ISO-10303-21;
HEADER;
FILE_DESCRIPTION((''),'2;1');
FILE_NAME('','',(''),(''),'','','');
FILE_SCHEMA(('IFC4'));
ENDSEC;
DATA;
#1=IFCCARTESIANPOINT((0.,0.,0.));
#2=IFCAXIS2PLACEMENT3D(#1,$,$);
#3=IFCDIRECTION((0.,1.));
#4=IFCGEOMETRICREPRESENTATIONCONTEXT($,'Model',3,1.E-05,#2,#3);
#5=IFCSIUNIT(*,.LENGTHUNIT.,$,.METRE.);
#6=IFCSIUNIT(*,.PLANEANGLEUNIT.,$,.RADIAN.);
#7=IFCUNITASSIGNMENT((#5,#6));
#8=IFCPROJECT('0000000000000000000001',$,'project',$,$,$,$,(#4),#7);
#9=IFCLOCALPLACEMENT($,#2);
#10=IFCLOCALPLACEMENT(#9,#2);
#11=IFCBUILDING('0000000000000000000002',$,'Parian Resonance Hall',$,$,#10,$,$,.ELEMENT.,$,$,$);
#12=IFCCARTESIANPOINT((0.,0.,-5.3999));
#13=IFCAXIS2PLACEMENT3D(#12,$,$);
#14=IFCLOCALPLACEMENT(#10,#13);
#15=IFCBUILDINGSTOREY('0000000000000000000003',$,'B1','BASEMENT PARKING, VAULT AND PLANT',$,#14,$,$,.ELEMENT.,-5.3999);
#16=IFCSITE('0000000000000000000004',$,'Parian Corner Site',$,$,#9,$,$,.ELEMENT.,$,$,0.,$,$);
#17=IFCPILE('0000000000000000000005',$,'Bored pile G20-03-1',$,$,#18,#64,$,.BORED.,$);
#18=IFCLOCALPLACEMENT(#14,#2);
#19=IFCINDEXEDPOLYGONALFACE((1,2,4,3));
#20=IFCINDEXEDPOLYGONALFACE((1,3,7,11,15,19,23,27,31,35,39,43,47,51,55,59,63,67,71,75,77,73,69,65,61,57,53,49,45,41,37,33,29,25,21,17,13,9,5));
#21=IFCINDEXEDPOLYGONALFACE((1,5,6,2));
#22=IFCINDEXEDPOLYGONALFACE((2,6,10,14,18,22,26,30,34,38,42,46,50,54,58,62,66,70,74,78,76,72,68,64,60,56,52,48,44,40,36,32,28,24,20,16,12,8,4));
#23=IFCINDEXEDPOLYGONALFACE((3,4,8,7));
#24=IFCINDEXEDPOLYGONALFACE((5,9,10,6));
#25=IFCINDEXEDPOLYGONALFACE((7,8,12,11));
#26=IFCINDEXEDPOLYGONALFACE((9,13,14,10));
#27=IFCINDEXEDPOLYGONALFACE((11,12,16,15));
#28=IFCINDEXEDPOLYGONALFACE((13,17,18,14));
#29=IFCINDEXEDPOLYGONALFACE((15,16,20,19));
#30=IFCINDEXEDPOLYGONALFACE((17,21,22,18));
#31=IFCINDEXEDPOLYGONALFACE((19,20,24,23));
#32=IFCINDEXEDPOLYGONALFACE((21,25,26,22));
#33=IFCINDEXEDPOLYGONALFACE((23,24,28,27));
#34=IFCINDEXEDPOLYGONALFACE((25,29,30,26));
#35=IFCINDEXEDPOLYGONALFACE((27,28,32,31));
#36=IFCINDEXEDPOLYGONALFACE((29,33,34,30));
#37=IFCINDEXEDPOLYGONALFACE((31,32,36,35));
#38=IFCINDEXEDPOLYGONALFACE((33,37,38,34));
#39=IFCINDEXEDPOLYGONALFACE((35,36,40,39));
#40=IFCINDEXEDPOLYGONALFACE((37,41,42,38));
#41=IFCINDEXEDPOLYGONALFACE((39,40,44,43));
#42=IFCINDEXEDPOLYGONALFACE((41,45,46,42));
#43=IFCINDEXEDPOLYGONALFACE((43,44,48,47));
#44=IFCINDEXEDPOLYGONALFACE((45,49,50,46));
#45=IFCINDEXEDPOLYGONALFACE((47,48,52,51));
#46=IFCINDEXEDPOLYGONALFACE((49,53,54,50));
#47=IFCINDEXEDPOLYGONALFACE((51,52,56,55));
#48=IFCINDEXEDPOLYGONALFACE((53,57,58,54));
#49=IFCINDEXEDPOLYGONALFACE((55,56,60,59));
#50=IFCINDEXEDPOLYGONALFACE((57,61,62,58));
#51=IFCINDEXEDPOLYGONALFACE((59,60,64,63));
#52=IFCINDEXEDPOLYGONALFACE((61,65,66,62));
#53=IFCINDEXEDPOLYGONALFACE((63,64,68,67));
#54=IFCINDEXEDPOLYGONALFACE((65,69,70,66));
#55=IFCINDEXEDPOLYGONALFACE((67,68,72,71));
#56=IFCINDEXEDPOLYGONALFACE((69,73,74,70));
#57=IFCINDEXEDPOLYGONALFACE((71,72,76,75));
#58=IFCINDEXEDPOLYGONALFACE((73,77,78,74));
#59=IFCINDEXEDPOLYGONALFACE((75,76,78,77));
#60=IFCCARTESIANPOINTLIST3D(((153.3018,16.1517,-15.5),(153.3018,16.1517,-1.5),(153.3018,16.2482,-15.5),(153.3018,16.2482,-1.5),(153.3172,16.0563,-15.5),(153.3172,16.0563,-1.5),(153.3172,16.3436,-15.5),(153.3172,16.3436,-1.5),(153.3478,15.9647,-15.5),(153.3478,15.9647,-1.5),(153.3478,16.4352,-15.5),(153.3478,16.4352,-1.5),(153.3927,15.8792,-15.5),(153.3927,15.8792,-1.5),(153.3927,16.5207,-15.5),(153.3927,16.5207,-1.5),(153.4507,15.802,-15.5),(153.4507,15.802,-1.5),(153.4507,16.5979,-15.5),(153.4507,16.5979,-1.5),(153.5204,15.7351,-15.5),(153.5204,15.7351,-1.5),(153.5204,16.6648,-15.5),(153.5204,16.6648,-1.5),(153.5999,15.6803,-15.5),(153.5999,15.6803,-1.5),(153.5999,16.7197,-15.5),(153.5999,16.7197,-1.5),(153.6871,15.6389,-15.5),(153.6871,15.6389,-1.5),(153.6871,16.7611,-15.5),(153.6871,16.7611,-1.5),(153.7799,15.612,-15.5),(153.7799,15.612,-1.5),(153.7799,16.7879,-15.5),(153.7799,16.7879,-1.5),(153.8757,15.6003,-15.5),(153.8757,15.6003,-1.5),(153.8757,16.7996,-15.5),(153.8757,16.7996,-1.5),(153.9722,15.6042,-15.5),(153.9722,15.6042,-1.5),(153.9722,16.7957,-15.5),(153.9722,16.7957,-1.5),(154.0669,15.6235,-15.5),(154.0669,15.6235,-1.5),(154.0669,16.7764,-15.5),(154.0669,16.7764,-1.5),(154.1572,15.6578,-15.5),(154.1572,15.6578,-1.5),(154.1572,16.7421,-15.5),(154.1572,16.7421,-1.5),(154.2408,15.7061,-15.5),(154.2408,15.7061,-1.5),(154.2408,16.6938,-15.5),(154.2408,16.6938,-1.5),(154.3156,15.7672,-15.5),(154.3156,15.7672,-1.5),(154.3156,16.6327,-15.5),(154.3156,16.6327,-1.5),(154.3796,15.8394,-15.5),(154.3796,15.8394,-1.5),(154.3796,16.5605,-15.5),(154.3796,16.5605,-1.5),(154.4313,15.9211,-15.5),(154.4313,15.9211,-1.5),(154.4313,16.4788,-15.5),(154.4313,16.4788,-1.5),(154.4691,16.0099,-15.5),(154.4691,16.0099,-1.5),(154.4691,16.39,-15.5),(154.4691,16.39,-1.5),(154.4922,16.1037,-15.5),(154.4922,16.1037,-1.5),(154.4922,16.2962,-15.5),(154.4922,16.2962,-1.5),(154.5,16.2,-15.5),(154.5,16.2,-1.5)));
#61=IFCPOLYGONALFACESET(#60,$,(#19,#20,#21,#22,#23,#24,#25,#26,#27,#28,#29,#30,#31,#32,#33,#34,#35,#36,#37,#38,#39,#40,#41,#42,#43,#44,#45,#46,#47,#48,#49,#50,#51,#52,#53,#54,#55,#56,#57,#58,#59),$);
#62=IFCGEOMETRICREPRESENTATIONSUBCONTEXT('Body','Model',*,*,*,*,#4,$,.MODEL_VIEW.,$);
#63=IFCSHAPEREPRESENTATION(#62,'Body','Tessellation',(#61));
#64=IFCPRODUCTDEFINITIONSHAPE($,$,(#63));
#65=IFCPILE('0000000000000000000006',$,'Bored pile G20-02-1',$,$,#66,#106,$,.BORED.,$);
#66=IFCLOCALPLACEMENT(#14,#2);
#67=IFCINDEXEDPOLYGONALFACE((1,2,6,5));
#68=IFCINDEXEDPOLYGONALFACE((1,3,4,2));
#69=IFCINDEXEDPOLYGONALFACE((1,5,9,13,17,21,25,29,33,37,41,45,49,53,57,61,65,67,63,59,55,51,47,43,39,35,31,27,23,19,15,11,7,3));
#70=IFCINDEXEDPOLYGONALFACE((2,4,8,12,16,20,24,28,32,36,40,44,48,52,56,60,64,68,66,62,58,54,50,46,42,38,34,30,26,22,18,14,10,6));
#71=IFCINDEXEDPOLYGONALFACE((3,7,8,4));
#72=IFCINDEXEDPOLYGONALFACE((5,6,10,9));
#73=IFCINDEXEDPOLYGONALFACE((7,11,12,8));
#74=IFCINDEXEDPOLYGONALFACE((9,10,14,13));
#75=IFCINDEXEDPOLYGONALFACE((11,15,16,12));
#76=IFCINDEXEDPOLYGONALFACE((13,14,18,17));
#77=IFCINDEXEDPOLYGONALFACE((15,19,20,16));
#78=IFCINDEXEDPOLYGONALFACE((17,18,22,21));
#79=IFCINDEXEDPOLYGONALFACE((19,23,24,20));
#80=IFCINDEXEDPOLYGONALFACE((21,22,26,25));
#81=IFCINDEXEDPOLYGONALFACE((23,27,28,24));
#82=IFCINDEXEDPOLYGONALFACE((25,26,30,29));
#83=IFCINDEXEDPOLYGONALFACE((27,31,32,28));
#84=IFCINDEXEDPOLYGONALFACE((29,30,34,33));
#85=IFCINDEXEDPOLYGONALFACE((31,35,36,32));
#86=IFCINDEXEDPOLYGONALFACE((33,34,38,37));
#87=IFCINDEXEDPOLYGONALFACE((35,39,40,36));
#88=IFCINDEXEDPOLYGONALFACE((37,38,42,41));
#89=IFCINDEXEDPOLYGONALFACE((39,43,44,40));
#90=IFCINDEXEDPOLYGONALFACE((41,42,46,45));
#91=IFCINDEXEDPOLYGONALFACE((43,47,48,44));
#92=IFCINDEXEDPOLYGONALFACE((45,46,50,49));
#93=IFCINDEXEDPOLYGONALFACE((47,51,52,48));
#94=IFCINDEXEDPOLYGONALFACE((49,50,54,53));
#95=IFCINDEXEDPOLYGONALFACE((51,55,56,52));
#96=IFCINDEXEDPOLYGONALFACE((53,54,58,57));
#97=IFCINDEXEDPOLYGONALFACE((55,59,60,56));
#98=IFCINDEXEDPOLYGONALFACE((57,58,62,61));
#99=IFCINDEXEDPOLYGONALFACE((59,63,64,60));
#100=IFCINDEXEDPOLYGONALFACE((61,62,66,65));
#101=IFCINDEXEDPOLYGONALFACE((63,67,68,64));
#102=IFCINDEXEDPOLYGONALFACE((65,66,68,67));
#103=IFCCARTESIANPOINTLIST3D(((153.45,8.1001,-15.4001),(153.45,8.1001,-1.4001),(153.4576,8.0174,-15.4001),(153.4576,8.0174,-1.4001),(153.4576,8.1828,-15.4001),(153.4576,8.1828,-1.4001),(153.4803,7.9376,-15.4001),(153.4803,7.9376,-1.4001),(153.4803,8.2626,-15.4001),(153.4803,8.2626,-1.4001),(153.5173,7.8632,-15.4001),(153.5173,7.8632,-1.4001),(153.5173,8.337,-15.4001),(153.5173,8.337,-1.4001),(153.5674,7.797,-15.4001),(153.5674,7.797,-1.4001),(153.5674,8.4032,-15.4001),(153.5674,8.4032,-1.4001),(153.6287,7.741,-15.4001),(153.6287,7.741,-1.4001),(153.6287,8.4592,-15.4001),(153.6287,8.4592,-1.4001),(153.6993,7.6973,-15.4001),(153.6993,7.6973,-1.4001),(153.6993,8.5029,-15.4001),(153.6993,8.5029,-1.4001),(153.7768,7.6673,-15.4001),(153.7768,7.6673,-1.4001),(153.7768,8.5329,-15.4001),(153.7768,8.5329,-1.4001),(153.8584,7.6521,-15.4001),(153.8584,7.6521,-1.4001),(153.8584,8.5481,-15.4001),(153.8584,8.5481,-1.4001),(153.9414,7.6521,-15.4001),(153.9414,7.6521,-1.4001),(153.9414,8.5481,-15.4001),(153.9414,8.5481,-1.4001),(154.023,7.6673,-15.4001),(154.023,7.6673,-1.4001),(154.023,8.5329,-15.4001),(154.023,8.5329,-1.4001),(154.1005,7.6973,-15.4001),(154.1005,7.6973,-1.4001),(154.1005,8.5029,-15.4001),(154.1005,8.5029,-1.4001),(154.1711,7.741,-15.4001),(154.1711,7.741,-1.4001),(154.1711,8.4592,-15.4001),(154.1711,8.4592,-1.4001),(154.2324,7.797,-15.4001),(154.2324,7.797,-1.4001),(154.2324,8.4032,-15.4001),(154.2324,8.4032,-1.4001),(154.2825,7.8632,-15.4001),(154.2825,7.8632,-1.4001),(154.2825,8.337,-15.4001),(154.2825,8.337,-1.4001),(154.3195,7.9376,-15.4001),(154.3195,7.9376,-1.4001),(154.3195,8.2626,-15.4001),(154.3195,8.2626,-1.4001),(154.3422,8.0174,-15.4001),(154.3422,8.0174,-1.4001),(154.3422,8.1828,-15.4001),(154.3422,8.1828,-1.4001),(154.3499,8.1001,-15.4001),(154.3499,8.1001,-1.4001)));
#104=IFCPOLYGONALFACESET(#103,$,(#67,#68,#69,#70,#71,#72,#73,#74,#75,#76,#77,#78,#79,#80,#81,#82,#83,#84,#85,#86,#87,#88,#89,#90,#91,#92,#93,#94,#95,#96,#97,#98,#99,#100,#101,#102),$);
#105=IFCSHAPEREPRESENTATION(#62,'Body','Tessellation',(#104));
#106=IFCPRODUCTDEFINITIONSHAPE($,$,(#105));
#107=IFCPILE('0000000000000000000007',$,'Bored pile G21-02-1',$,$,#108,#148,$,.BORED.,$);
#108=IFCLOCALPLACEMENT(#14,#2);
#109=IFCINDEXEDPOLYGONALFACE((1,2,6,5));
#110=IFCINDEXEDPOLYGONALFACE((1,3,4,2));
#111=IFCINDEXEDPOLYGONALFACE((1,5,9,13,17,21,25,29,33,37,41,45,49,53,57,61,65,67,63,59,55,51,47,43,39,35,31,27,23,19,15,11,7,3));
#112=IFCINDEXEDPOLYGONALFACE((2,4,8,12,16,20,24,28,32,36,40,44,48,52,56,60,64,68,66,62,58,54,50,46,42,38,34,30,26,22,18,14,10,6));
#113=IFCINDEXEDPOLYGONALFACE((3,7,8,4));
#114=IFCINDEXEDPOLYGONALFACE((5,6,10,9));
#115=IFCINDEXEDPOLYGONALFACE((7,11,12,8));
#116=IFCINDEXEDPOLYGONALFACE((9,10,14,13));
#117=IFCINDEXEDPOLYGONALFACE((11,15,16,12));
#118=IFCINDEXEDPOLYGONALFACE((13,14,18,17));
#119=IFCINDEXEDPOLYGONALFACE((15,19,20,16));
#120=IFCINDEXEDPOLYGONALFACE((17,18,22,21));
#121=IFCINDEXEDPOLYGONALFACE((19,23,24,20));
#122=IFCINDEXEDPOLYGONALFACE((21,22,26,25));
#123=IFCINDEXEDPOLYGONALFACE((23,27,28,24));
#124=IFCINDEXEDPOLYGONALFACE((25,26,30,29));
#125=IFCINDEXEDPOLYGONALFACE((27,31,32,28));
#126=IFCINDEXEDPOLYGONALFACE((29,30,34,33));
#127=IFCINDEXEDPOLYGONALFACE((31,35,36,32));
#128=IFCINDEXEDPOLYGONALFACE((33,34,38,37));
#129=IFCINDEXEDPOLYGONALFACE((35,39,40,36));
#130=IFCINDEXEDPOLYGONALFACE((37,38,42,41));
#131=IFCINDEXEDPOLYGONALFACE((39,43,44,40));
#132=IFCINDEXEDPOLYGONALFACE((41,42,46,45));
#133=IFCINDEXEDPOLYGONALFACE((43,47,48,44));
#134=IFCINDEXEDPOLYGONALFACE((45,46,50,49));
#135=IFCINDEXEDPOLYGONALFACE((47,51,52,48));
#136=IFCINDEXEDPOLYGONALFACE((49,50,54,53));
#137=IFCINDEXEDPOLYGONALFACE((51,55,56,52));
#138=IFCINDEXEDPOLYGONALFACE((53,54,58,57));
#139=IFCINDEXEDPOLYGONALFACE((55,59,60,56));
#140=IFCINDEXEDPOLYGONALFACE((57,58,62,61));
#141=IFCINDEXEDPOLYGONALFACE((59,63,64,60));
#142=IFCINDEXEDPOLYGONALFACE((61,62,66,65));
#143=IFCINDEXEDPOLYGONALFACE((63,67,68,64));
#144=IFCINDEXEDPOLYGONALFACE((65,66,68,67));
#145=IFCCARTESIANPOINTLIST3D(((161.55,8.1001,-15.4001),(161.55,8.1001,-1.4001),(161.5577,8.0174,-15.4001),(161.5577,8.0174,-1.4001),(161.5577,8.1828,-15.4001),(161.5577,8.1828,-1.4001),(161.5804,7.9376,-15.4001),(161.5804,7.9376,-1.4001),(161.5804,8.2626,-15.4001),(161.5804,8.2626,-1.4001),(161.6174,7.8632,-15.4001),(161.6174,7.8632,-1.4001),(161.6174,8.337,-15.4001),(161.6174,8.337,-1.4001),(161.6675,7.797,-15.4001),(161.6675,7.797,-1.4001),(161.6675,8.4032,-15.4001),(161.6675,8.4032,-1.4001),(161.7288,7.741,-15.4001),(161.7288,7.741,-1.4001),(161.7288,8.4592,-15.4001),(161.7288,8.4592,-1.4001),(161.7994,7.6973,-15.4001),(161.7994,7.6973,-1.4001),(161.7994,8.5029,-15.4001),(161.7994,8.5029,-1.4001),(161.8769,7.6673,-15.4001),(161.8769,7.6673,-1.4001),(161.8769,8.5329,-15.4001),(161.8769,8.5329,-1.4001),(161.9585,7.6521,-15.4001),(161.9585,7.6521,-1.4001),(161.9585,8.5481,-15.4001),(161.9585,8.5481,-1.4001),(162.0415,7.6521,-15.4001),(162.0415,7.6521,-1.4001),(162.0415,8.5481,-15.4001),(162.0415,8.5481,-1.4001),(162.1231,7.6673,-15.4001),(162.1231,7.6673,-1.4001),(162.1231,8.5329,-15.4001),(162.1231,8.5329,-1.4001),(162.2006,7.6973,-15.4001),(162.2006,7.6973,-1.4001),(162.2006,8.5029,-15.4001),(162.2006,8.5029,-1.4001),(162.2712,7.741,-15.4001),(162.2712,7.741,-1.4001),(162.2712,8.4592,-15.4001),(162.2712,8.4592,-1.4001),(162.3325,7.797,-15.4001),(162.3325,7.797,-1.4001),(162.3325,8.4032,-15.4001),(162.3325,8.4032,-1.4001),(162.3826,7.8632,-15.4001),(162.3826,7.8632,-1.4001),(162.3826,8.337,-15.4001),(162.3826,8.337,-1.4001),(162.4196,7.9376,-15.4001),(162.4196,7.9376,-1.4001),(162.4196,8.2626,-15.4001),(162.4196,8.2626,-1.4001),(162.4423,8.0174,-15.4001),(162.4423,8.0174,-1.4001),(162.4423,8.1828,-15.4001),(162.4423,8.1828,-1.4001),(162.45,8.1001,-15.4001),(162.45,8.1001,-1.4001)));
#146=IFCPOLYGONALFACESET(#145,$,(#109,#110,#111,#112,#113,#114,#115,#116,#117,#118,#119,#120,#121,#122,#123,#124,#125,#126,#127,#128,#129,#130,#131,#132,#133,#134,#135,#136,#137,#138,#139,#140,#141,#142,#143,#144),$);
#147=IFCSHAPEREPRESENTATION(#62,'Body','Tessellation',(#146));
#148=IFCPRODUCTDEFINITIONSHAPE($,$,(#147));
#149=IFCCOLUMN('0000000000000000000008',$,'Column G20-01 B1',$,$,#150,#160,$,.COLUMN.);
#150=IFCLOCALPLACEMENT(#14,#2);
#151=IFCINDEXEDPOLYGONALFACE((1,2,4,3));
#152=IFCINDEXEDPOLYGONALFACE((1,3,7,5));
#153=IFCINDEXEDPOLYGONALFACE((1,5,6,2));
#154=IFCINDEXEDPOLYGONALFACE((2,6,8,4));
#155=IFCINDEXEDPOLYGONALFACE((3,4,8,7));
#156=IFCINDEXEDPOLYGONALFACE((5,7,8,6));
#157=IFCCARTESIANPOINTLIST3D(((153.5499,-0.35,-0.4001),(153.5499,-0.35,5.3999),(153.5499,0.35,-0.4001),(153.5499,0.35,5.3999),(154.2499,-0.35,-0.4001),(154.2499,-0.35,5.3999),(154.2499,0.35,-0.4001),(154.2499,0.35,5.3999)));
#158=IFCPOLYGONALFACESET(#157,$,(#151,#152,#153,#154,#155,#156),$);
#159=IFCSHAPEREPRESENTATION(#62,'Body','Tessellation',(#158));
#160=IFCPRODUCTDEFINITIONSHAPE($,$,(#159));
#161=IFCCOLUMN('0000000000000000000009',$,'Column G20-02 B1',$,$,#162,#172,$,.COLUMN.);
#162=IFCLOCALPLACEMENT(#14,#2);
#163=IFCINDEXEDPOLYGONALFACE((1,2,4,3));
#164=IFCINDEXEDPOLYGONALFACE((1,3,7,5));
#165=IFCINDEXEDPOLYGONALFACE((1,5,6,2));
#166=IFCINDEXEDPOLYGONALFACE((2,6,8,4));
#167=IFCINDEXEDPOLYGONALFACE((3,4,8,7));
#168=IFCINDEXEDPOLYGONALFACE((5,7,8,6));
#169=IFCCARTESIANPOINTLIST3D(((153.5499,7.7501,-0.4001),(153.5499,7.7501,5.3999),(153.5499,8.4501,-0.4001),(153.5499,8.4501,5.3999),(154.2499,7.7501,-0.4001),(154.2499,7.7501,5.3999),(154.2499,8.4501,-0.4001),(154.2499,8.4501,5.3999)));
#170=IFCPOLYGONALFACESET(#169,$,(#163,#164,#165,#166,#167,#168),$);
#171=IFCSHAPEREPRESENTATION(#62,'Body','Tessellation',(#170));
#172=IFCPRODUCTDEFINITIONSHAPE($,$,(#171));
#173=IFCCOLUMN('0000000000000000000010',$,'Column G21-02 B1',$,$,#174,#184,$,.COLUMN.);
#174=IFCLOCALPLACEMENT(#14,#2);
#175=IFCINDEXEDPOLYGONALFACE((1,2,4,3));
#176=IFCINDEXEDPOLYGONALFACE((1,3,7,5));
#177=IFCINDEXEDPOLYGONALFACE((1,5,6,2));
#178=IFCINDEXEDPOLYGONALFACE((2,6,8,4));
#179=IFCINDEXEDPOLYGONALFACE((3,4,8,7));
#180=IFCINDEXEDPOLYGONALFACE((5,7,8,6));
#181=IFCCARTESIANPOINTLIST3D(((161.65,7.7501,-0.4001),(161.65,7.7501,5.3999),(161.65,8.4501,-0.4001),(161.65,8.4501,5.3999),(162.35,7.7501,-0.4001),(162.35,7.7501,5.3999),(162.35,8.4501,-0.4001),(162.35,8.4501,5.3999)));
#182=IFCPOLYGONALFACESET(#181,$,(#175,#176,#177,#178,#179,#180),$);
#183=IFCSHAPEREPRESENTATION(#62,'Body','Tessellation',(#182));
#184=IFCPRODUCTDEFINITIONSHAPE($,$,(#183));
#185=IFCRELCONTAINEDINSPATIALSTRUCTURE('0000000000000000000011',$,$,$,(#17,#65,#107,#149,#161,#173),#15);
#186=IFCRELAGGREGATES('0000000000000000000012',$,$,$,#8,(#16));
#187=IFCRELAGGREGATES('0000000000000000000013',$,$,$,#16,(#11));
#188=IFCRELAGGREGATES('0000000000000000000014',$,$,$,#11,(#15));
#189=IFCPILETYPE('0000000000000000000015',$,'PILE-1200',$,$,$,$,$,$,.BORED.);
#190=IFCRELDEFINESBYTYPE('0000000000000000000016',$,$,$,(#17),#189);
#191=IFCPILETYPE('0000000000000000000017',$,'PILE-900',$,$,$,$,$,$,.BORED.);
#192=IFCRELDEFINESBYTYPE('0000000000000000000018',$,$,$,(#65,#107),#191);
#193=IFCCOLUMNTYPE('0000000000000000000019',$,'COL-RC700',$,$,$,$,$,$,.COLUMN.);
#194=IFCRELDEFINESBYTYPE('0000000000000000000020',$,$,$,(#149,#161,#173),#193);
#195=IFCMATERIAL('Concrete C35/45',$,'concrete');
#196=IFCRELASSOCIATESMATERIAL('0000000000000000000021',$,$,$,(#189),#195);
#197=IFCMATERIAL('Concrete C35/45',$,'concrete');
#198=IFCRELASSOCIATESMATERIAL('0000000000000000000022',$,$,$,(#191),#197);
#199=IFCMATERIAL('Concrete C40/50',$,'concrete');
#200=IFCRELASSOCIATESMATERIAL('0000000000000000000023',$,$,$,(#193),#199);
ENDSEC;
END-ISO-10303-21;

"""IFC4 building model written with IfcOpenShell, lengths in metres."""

from ifc_helpers import new_model, si_unit, direction, frame, origin, origin_2d, place, context, subcontext, project, spatial, rectangle, circle, extrude, material, material_profile, profile_set, type_object, element, save


model = new_model("IFC4")

# Units and contexts
model_context = context("Model", 3, precision=1e-05, world=origin(), true_north=direction((0.0, 1.0)))
body_context = subcontext(model_context, "Body", "Model", "MODEL_VIEW")
ifc_project = project(units=[si_unit("LENGTHUNIT", "METRE"), si_unit("PLANEANGLEUNIT", "RADIAN")], contexts=[model_context])

# Site, building, storey
site_placement = place(None, origin())
site = spatial("IfcSite", under=ifc_project, at=site_placement, Name="Parian Corner Site", CompositionType="ELEMENT", RefElevation=0.0)
building_placement = place(site_placement, origin())
building = spatial("IfcBuilding", under=site, at=building_placement, Name="Parian Resonance Hall", CompositionType="ELEMENT")
storey_placement = place(building_placement, frame((0.0, 0.0, -5.3999)))
storey = spatial("IfcBuildingStorey", under=building, at=storey_placement, Name="B1", Description="BASEMENT PARKING, VAULT AND PLANT", CompositionType="ELEMENT", Elevation=-5.3999)

# Piles
ifc_material_1 = material(Name="Concrete C35/45", Category="concrete")
ifc_material_profile_1 = material_profile(ifc_material_1, circle(Radius=0.6001, at=origin_2d()), Name="PILE-D1200")
ifc_profile_set_1 = profile_set([ifc_material_profile_1], Name="Concrete C35/45")
pile_type_1 = type_object("IfcPileType", Name="PILE-1200", PredefinedType="BORED", material=ifc_profile_set_1)
for number, where, z_axis, x_axis, name in (
    (1, (153.8999, 16.2, -1.5), (0.0, 0.0, -1.0), (1.0, 0.0, 0.0), "Bored pile G20-03-1"),
):
    element("IfcPile", number, at=place(storey_placement, frame(where, z_axis=z_axis, x_axis=x_axis)), inside=storey, type_object=pile_type_1, Name=name, PredefinedType="BORED", context=body_context, shape_type="SweptSolid", body=[
        extrude(circle(Radius=0.6001, at=origin_2d()), origin(), (0.0, 0.0, 1.0), 14.0),
    ])
ifc_material_2 = material(Name="Concrete C35/45", Category="concrete")
ifc_material_profile_2 = material_profile(ifc_material_2, circle(Radius=0.45, at=origin_2d()), Name="PILE-D900")
ifc_profile_set_2 = profile_set([ifc_material_profile_2], Name="Concrete C35/45")
pile_type_2 = type_object("IfcPileType", Name="PILE-900", PredefinedType="BORED", material=ifc_profile_set_2)
for number, where, z_axis, x_axis, name in (
    (2, (153.8999, 8.1001, -1.4001), (0.0, 0.0, -1.0), (1.0, 0.0, 0.0), "Bored pile G20-02-1"),
    (3, (162.0, 8.1001, -1.4001), (0.0, 0.0, -1.0), (1.0, 0.0, 0.0), "Bored pile G21-02-1"),
):
    element("IfcPile", number, at=place(storey_placement, frame(where, z_axis=z_axis, x_axis=x_axis)), inside=storey, type_object=pile_type_2, Name=name, PredefinedType="BORED", context=body_context, shape_type="SweptSolid", body=[
        extrude(circle(Radius=0.45, at=origin_2d()), origin(), (0.0, 0.0, 1.0), 14.0),
    ])

# Columns
ifc_material_3 = material(Name="Concrete C40/50", Category="concrete")
ifc_material_profile_3 = material_profile(ifc_material_3, rectangle(XDim=0.7, YDim=0.7, at=origin_2d()), Name="RC-COL-700x700")
ifc_profile_set_3 = profile_set([ifc_material_profile_3], Name="Concrete C40/50")
column_type = type_object("IfcColumnType", Name="COL-RC700", PredefinedType="COLUMN", material=ifc_profile_set_3)
for number, where, z_axis, x_axis, name in (
    (4, (153.8999, 0.0, -0.4001), (0.0, 0.0, 1.0), (1.0, 0.0, 0.0), "Column G20-01 B1"),
    (5, (153.8999, 8.1001, -0.4001), (0.0, 0.0, 1.0), (1.0, 0.0, 0.0), "Column G20-02 B1"),
    (6, (162.0, 8.1001, -0.4001), (0.0, 0.0, 1.0), (1.0, 0.0, 0.0), "Column G21-02 B1"),
):
    element("IfcColumn", number, at=place(storey_placement, frame(where, z_axis=z_axis, x_axis=x_axis)), inside=storey, type_object=column_type, Name=name, PredefinedType="COLUMN", context=body_context, shape_type="SweptSolid", body=[
        extrude(rectangle(XDim=0.7, YDim=0.7, at=origin_2d()), origin(), (0.0, 0.0, 1.0), 5.8),
    ])

save(model, "model.ifc")
